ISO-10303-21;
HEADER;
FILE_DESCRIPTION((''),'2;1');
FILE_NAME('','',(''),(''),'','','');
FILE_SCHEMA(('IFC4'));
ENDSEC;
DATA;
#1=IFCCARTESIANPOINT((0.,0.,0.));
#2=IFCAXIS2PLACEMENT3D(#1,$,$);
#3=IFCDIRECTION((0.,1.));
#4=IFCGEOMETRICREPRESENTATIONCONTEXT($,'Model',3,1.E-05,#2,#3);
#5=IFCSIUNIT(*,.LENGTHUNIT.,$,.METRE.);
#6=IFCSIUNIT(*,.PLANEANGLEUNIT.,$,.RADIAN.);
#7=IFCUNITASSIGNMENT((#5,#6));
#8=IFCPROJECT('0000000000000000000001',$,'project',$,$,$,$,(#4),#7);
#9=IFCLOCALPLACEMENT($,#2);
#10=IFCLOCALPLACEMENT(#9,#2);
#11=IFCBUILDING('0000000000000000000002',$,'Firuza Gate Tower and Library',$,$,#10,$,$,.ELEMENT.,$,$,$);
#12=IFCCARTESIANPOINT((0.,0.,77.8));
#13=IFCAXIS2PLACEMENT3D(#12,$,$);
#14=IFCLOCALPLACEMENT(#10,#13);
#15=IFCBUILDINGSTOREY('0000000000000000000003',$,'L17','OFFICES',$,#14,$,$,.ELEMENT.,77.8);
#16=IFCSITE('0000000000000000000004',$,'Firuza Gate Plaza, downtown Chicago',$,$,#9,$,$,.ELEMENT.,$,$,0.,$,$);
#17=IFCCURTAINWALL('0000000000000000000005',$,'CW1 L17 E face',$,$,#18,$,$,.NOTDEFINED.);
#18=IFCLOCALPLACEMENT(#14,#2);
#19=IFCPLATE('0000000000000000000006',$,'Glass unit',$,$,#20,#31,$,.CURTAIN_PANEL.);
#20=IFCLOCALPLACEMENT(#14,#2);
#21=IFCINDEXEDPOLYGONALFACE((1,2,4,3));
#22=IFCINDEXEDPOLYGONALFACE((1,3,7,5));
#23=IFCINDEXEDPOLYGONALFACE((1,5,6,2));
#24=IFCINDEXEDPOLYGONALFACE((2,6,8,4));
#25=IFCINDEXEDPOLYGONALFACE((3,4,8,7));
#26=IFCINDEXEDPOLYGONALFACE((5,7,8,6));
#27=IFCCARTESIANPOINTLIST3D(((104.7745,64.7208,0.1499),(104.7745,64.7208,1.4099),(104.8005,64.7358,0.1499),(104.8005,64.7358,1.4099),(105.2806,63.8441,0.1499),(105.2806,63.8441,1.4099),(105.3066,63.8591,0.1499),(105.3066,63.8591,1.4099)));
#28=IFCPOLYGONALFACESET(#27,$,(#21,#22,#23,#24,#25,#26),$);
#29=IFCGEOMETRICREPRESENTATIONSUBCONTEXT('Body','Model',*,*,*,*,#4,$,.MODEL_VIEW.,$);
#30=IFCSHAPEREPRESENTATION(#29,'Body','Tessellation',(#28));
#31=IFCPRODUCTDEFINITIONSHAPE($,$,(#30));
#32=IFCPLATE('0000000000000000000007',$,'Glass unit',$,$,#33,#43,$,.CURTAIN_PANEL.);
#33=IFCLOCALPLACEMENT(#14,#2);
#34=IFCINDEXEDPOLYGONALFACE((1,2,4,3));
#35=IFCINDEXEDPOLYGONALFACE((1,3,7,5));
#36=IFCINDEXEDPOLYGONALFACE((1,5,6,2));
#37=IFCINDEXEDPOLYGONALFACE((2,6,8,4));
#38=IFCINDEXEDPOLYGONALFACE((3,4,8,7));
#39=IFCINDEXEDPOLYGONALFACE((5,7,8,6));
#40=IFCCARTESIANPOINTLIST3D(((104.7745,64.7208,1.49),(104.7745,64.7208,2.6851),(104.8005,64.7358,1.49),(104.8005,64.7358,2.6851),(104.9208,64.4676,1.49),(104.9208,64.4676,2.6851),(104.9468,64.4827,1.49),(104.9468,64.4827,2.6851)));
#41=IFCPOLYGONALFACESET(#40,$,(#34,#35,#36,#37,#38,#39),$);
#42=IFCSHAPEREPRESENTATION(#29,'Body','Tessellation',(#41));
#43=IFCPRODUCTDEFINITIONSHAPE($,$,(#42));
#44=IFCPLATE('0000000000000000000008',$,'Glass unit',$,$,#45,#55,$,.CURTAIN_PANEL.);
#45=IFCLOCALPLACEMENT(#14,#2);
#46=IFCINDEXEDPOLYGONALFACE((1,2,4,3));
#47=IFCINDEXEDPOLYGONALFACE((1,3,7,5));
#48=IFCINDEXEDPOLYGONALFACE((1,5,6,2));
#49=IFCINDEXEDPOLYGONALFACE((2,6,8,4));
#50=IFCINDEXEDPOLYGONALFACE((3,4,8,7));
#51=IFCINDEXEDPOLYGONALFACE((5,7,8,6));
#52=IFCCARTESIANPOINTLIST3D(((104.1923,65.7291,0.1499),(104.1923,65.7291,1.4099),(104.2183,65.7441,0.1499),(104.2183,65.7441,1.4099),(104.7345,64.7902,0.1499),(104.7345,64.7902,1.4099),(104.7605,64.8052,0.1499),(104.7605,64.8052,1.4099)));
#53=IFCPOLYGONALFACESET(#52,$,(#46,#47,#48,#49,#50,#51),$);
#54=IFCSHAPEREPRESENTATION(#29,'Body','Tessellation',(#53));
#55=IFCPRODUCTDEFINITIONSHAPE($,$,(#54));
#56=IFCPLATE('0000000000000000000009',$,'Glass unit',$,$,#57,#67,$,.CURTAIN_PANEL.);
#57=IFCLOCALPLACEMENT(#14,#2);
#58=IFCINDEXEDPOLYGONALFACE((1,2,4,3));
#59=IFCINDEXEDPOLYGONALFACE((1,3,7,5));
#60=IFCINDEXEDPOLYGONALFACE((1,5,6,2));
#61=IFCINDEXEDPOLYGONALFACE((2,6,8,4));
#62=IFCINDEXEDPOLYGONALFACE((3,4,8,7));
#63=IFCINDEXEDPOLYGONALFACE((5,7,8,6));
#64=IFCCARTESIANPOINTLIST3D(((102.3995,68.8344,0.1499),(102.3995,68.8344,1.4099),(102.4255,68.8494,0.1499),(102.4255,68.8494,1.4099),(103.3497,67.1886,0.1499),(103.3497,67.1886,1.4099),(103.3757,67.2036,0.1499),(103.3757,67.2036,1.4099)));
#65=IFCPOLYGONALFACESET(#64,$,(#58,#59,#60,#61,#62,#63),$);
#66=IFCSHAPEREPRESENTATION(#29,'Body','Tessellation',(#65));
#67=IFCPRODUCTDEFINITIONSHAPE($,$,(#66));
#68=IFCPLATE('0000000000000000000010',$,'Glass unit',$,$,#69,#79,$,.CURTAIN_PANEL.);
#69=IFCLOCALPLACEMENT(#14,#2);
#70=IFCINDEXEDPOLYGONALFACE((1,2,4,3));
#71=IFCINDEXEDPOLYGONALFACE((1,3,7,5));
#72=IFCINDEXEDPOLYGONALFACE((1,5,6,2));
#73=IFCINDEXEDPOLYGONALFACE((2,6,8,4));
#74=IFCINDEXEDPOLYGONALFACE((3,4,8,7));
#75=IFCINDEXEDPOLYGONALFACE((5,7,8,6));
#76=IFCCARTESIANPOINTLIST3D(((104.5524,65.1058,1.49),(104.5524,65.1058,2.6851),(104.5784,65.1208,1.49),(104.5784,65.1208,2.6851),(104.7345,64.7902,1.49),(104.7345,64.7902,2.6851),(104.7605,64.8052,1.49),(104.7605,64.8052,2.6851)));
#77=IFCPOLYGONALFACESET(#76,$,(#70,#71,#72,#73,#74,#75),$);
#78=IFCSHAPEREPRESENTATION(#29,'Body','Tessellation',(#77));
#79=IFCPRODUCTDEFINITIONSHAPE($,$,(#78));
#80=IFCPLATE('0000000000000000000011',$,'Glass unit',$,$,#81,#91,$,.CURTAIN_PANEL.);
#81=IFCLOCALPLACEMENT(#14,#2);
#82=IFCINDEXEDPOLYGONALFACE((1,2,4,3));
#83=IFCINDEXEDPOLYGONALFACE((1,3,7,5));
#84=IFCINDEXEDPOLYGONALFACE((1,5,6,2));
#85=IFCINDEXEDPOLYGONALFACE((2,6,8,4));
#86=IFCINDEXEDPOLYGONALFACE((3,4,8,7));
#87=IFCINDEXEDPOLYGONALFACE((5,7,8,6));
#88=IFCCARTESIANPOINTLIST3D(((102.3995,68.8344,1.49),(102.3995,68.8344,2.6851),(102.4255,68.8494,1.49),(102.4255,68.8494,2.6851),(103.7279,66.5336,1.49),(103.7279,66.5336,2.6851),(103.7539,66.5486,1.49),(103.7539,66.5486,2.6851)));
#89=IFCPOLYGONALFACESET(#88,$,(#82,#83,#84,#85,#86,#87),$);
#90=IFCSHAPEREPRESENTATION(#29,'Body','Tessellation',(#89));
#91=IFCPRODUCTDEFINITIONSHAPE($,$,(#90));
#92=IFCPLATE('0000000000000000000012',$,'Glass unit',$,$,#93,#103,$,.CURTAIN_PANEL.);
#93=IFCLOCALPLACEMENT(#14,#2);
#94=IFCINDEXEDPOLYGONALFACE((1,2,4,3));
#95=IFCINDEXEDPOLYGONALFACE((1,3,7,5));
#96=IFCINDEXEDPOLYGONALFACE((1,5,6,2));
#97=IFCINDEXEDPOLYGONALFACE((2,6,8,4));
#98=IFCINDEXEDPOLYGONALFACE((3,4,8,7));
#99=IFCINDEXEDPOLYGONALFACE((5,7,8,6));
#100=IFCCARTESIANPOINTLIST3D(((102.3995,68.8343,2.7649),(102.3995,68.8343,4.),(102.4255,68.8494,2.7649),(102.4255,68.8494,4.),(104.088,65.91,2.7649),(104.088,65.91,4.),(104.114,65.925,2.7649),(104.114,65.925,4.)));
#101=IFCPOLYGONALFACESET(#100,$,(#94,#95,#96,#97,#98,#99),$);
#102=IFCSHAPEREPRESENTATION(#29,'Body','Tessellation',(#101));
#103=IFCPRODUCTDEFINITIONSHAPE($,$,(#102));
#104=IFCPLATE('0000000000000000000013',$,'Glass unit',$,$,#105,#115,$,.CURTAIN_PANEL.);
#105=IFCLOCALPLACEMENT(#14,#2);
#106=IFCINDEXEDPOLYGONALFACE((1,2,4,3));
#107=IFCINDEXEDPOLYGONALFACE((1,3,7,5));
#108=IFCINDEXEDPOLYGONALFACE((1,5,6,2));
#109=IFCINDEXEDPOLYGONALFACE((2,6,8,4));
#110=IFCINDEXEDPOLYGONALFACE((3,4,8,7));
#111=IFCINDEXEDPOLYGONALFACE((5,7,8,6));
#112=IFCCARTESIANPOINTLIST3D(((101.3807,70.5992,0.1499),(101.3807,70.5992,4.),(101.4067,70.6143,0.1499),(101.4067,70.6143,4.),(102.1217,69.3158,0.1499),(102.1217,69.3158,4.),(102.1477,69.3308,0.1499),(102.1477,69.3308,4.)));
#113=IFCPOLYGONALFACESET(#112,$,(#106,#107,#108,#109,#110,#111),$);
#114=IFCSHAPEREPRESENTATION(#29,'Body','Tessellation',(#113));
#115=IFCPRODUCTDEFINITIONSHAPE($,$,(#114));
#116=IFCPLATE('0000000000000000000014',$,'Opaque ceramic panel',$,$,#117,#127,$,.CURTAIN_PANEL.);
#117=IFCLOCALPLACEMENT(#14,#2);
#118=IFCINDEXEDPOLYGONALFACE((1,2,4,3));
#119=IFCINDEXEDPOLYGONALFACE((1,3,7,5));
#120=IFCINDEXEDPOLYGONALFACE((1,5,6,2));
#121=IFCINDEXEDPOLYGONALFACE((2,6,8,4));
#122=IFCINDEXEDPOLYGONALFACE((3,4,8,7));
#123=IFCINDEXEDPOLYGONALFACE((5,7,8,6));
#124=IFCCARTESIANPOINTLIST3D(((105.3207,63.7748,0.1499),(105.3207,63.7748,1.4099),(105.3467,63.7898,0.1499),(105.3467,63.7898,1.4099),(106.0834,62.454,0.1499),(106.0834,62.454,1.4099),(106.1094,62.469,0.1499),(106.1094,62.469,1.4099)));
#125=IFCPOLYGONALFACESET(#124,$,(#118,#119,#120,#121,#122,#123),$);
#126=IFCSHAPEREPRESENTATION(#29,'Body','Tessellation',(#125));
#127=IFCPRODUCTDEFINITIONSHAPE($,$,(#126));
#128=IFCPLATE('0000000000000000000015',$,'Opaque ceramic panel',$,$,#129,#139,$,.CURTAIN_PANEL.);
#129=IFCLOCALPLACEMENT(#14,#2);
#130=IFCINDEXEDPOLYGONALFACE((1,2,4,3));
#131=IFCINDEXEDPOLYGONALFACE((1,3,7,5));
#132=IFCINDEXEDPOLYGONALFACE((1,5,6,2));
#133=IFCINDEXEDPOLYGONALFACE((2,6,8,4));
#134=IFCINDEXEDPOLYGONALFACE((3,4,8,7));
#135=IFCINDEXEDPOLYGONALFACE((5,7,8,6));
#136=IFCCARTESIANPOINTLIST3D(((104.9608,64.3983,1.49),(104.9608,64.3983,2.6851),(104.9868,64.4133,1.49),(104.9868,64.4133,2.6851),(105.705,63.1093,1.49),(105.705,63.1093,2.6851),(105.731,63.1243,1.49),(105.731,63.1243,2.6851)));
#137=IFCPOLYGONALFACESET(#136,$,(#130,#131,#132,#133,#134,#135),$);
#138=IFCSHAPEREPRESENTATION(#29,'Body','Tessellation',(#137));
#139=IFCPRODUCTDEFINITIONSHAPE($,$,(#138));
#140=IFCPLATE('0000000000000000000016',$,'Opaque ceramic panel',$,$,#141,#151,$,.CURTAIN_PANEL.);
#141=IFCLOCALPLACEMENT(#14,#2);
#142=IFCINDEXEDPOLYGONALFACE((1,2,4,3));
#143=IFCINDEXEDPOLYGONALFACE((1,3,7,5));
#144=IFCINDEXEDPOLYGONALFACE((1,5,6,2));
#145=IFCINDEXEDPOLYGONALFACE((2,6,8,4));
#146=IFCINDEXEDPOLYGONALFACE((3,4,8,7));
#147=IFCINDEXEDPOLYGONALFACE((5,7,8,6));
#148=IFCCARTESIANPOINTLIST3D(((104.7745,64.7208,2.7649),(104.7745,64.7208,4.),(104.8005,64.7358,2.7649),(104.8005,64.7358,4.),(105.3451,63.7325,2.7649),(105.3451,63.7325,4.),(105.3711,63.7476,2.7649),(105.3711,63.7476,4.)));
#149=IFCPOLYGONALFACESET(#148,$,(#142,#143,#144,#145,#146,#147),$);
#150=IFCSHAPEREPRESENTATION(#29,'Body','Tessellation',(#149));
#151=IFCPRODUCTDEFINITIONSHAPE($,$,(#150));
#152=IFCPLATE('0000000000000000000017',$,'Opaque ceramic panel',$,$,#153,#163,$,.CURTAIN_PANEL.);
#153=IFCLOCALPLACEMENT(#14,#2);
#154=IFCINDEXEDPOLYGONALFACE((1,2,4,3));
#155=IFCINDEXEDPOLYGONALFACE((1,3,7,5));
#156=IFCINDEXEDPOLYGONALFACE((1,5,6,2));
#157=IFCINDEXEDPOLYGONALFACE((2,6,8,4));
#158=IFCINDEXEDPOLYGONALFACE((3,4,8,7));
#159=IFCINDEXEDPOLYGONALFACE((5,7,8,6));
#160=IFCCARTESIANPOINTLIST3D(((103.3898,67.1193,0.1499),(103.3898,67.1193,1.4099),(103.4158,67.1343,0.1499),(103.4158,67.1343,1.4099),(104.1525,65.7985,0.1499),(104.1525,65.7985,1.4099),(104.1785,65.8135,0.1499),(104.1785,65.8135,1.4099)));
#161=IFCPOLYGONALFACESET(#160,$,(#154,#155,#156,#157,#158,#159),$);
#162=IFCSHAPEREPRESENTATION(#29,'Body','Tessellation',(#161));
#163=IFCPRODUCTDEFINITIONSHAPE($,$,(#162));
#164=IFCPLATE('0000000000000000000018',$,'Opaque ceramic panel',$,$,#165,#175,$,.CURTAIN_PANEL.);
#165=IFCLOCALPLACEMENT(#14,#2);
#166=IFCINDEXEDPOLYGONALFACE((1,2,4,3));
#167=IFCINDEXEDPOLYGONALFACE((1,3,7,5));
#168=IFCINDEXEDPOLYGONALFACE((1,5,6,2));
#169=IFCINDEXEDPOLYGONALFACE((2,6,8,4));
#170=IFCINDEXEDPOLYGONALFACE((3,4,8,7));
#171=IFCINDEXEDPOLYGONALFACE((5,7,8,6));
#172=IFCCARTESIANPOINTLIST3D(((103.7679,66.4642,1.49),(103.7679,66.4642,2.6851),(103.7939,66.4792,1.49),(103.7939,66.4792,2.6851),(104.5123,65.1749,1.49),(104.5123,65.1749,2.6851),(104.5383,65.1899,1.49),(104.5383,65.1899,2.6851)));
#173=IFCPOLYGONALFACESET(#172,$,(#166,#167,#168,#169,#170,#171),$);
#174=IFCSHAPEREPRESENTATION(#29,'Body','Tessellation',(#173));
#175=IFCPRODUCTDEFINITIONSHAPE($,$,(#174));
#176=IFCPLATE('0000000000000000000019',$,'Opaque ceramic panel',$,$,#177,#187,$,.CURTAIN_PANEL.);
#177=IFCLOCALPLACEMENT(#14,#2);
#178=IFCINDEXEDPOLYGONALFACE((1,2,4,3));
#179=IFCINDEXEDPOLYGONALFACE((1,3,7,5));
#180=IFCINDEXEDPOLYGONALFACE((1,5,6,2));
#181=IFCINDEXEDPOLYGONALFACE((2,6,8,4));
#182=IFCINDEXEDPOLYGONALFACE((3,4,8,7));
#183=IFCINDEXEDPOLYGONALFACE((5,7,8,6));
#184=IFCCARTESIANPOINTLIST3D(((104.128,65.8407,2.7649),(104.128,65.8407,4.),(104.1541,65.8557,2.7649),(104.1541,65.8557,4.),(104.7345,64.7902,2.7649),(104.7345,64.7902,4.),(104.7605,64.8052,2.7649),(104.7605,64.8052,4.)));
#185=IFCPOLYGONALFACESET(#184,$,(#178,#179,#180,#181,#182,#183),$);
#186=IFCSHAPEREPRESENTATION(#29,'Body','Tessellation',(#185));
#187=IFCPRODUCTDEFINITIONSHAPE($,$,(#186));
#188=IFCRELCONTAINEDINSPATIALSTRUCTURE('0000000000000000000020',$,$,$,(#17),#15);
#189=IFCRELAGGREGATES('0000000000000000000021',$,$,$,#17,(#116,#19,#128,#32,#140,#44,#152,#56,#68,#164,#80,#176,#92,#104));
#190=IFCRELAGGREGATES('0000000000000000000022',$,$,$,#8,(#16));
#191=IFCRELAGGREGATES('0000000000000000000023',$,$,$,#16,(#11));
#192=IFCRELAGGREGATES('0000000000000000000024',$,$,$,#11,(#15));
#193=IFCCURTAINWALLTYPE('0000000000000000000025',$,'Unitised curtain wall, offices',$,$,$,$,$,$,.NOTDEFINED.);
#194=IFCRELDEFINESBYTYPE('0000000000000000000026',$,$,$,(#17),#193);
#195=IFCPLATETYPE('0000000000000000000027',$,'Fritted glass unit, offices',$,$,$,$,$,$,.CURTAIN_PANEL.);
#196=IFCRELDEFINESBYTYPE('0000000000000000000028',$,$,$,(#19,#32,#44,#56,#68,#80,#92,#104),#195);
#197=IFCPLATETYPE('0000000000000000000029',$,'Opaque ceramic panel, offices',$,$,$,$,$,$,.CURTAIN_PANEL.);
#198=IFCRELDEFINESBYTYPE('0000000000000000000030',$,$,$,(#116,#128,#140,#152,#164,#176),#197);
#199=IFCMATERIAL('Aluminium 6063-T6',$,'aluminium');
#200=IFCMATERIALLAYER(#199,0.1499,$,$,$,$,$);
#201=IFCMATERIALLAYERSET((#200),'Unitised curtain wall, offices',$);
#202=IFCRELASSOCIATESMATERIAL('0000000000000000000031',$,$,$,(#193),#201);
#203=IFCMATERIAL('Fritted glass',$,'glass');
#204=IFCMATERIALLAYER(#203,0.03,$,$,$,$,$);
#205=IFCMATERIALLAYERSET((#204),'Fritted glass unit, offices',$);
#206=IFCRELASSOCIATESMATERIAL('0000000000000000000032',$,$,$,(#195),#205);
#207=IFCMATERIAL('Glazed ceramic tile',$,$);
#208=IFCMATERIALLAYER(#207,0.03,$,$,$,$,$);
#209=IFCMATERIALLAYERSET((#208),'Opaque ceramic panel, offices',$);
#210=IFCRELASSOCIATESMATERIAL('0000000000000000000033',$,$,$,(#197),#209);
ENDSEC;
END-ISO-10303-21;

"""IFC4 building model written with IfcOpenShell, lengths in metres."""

from ifc_helpers import new_model, si_unit, direction, frame, origin, place, context, subcontext, project, spatial, polyline, outline, extrude, material, layer, layer_set, type_object, element, aggregate, save


model = new_model("IFC4")

# Units and contexts
model_context = context("Model", 3, precision=1e-05, world=origin(), true_north=direction((0.0, 1.0)))
body_context = subcontext(model_context, "Body", "Model", "MODEL_VIEW")
ifc_project = project(units=[si_unit("LENGTHUNIT", "METRE"), si_unit("PLANEANGLEUNIT", "RADIAN")], contexts=[model_context])

# Site, building, storey
site_placement = place(None, origin())
site = spatial("IfcSite", under=ifc_project, at=site_placement, Name="Firuza Gate Plaza, downtown Chicago", CompositionType="ELEMENT", RefElevation=0.0)
building_placement = place(site_placement, origin())
building = spatial("IfcBuilding", under=site, at=building_placement, Name="Firuza Gate Tower and Library", CompositionType="ELEMENT")
storey_placement = place(building_placement, frame((0.0, 0.0, 77.8)))
storey = spatial("IfcBuildingStorey", under=building, at=storey_placement, Name="L17", Description="OFFICES", CompositionType="ELEMENT", Elevation=77.8)

# Curtain wall
ifc_material_1 = material(Name="Aluminium 6063-T6", Category="aluminium")
ifc_layer_1 = layer(ifc_material_1, 0.1499)
ifc_layer_set_1 = layer_set([ifc_layer_1], Name="Unitised curtain wall, offices")
curtain_wall_type = type_object("IfcCurtainWallType", Name="Unitised curtain wall, offices", PredefinedType="NOTDEFINED", material=ifc_layer_set_1)
curtain_wall_placement = place(storey_placement, origin())
curtain_wall = element("IfcCurtainWall", 1, at=curtain_wall_placement, inside=storey, type_object=curtain_wall_type, Name="CW1 L17 E face", PredefinedType="NOTDEFINED")

# Plates
ifc_material_2 = material(Name="Fritted glass", Category="glass")
ifc_layer_2 = layer(ifc_material_2, 0.03)
ifc_layer_set_2 = layer_set([ifc_layer_2], Name="Fritted glass unit, offices")
plate_type_1 = type_object("IfcPlateType", Name="Fritted glass unit, offices", PredefinedType="CURTAIN_PANEL", material=ifc_layer_set_2)
plate_1_placement = place(storey_placement, frame((105.3066, 63.8591, 0.1499), z_axis=(0.866053, 0.499952, 0.0), x_axis=(-0.499952, 0.866053, 0.0)))
plate_1 = element("IfcPlate", 2, at=plate_1_placement, type_object=plate_type_1, Name="Glass unit", PredefinedType="CURTAIN_PANEL", context=body_context, shape_type="SweptSolid", body=[
    extrude(outline(polyline([(0.0, 0.0), (1.0123, 0.0), (1.0123, 1.26), (0.0, 1.26), (0.0, 0.0)])), origin(), (0.0, 0.0, -1.0), 0.03),
])
plate_2_placement = place(storey_placement, frame((104.9468, 64.4827, 1.49), z_axis=(0.865921, 0.50018, 0.0), x_axis=(-0.50018, 0.865921, 0.0)))
plate_2 = element("IfcPlate", 3, at=plate_2_placement, type_object=plate_type_1, Name="Glass unit", PredefinedType="CURTAIN_PANEL", context=body_context, shape_type="SweptSolid", body=[
    extrude(outline(polyline([(0.0, 0.0), (0.2924, 0.0), (0.2924, 1.1951), (0.0, 1.1951), (0.0, 0.0)])), origin(), (0.0, 0.0, -1.0), 0.03),
])
plate_3_placement = place(storey_placement, frame((104.7605, 64.8052, 0.1499), z_axis=(0.865976, 0.500086, 0.0), x_axis=(-0.500086, 0.865976, 0.0)))
plate_3 = element("IfcPlate", 4, at=plate_3_placement, type_object=plate_type_1, Name="Glass unit", PredefinedType="CURTAIN_PANEL", context=body_context, shape_type="SweptSolid", body=[
    extrude(outline(polyline([(0.0, 0.0), (1.0843, 0.0), (1.0843, 1.26), (0.0, 1.26), (0.0, 0.0)])), origin(), (0.0, 0.0, -1.0), 0.03),
])
plate_4_placement = place(storey_placement, frame((103.3757, 67.2036, 0.1499), z_axis=(0.866021, 0.500008, 0.0), x_axis=(-0.500008, 0.866021, 0.0)))
plate_4 = element("IfcPlate", 5, at=plate_4_placement, type_object=plate_type_1, Name="Glass unit", PredefinedType="CURTAIN_PANEL", context=body_context, shape_type="SweptSolid", body=[
    extrude(outline(polyline([(0.0, 0.0), (1.9004, 0.0), (1.9004, 1.26), (0.0, 1.26), (0.0, 0.0)])), origin(), (0.0, 0.0, -1.0), 0.03),
])
plate_5_placement = place(storey_placement, frame((104.7605, 64.8052, 1.49), z_axis=(0.866174, 0.499742, 0.0), x_axis=(-0.499742, 0.866174, 0.0)))
plate_5 = element("IfcPlate", 6, at=plate_5_placement, type_object=plate_type_1, Name="Glass unit", PredefinedType="CURTAIN_PANEL", context=body_context, shape_type="SweptSolid", body=[
    extrude(outline(polyline([(0.0, 0.0), (0.3644, 0.0), (0.3644, 1.1951), (0.0, 1.1951), (0.0, 0.0)])), origin(), (0.0, 0.0, -1.0), 0.03),
])
plate_6_placement = place(storey_placement, frame((103.7539, 66.5486, 1.49), z_axis=(0.866023, 0.500004, 0.0), x_axis=(-0.500004, 0.866023, 0.0)))
plate_6 = element("IfcPlate", 7, at=plate_6_placement, type_object=plate_type_1, Name="Glass unit", PredefinedType="CURTAIN_PANEL", context=body_context, shape_type="SweptSolid", body=[
    extrude(outline(polyline([(0.0, 0.0), (2.6567, 0.0), (2.6567, 1.1951), (0.0, 1.1951), (0.0, 0.0)])), origin(), (0.0, 0.0, -1.0), 0.03),
])
plate_7_placement = place(storey_placement, frame((104.114, 65.925, 2.7649), z_axis=(0.86601, 0.500027, 0.0), x_axis=(-0.500027, 0.86601, 0.0)))
plate_7 = element("IfcPlate", 8, at=plate_7_placement, type_object=plate_type_1, Name="Glass unit", PredefinedType="CURTAIN_PANEL", context=body_context, shape_type="SweptSolid", body=[
    extrude(outline(polyline([(0.0, 0.0), (3.3768, 0.0), (3.3768, 1.2351), (0.0, 1.2351), (0.0, 0.0)])), origin(), (0.0, 0.0, -1.0), 0.03),
])
plate_8_placement = place(storey_placement, frame((102.1477, 69.3308, 0.1499), z_axis=(0.866035, 0.499984, 0.0), x_axis=(-0.499984, 0.866035, 0.0)))
plate_8 = element("IfcPlate", 9, at=plate_8_placement, type_object=plate_type_1, Name="Glass unit", PredefinedType="CURTAIN_PANEL", context=body_context, shape_type="SweptSolid", body=[
    extrude(outline(polyline([(0.0, 0.0), (1.482, 0.0), (1.482, 3.8501), (0.0, 3.8501), (0.0, 0.0)])), origin(), (0.0, 0.0, -1.0), 0.03),
])
ifc_material_3 = material(Name="Glazed ceramic tile")
ifc_layer_3 = layer(ifc_material_3, 0.03)
ifc_layer_set_3 = layer_set([ifc_layer_3], Name="Opaque ceramic panel, offices")
plate_type_2 = type_object("IfcPlateType", Name="Opaque ceramic panel, offices", PredefinedType="CURTAIN_PANEL", material=ifc_layer_set_3)
plate_9_placement = place(storey_placement, frame((106.1094, 62.469, 0.1499), z_axis=(0.865988, 0.500064, 0.0), x_axis=(-0.500064, 0.865988, 0.0)))
plate_9 = element("IfcPlate", 10, at=plate_9_placement, type_object=plate_type_2, Name="Opaque ceramic panel", PredefinedType="CURTAIN_PANEL", context=body_context, shape_type="SweptSolid", body=[
    extrude(outline(polyline([(0.0, 0.0), (1.5252, 0.0), (1.5252, 1.26), (0.0, 1.26), (0.0, 0.0)])), origin(), (0.0, 0.0, -1.0), 0.03),
])
plate_10_placement = place(storey_placement, frame((105.731, 63.1243, 1.49), z_axis=(0.866054, 0.49995, 0.0), x_axis=(-0.49995, 0.866054, 0.0)))
plate_10 = element("IfcPlate", 11, at=plate_10_placement, type_object=plate_type_2, Name="Opaque ceramic panel", PredefinedType="CURTAIN_PANEL", context=body_context, shape_type="SweptSolid", body=[
    extrude(outline(polyline([(0.0, 0.0), (1.4884, 0.0), (1.4884, 1.1951), (0.0, 1.1951), (0.0, 0.0)])), origin(), (0.0, 0.0, -1.0), 0.03),
])
plate_11_placement = place(storey_placement, frame((105.3711, 63.7476, 2.7649), z_axis=(0.866036, 0.499982, 0.0), x_axis=(-0.499982, 0.866036, 0.0)))
plate_11 = element("IfcPlate", 12, at=plate_11_placement, type_object=plate_type_2, Name="Opaque ceramic panel", PredefinedType="CURTAIN_PANEL", context=body_context, shape_type="SweptSolid", body=[
    extrude(outline(polyline([(0.0, 0.0), (1.1412, 0.0), (1.1412, 1.2351), (0.0, 1.2351), (0.0, 0.0)])), origin(), (0.0, 0.0, -1.0), 0.03),
])
plate_12_placement = place(storey_placement, frame((104.1785, 65.8135, 0.1499), z_axis=(0.865988, 0.500064, 0.0), x_axis=(-0.500064, 0.865988, 0.0)))
plate_12 = element("IfcPlate", 13, at=plate_12_placement, type_object=plate_type_2, Name="Opaque ceramic panel", PredefinedType="CURTAIN_PANEL", context=body_context, shape_type="SweptSolid", body=[
    extrude(outline(polyline([(0.0, 0.0), (1.5252, 0.0), (1.5252, 1.26), (0.0, 1.26), (0.0, 0.0)])), origin(), (0.0, 0.0, -1.0), 0.03),
])
plate_13_placement = place(storey_placement, frame((104.5383, 65.1899, 1.49), z_axis=(0.866024, 0.500002, 0.0), x_axis=(-0.500002, 0.866024, 0.0)))
plate_13 = element("IfcPlate", 14, at=plate_13_placement, type_object=plate_type_2, Name="Opaque ceramic panel", PredefinedType="CURTAIN_PANEL", context=body_context, shape_type="SweptSolid", body=[
    extrude(outline(polyline([(0.0, 0.0), (1.4888, 0.0), (1.4888, 1.1951), (0.0, 1.1951), (0.0, 0.0)])), origin(), (0.0, 0.0, -1.0), 0.03),
])
plate_14_placement = place(storey_placement, frame((104.7605, 64.8052, 2.7649), z_axis=(0.866055, 0.499949, 0.0), x_axis=(-0.499949, 0.866055, 0.0)))
plate_14 = element("IfcPlate", 15, at=plate_14_placement, type_object=plate_type_2, Name="Opaque ceramic panel", PredefinedType="CURTAIN_PANEL", context=body_context, shape_type="SweptSolid", body=[
    extrude(outline(polyline([(0.0, 0.0), (1.213, 0.0), (1.213, 1.2351), (0.0, 1.2351), (0.0, 0.0)])), origin(), (0.0, 0.0, -1.0), 0.03),
])
aggregate(curtain_wall, [plate_9, plate_1, plate_10, plate_2, plate_11, plate_3, plate_12, plate_4, plate_5, plate_13, plate_6, plate_14, plate_7, plate_8])

save(model, "model.ifc")
